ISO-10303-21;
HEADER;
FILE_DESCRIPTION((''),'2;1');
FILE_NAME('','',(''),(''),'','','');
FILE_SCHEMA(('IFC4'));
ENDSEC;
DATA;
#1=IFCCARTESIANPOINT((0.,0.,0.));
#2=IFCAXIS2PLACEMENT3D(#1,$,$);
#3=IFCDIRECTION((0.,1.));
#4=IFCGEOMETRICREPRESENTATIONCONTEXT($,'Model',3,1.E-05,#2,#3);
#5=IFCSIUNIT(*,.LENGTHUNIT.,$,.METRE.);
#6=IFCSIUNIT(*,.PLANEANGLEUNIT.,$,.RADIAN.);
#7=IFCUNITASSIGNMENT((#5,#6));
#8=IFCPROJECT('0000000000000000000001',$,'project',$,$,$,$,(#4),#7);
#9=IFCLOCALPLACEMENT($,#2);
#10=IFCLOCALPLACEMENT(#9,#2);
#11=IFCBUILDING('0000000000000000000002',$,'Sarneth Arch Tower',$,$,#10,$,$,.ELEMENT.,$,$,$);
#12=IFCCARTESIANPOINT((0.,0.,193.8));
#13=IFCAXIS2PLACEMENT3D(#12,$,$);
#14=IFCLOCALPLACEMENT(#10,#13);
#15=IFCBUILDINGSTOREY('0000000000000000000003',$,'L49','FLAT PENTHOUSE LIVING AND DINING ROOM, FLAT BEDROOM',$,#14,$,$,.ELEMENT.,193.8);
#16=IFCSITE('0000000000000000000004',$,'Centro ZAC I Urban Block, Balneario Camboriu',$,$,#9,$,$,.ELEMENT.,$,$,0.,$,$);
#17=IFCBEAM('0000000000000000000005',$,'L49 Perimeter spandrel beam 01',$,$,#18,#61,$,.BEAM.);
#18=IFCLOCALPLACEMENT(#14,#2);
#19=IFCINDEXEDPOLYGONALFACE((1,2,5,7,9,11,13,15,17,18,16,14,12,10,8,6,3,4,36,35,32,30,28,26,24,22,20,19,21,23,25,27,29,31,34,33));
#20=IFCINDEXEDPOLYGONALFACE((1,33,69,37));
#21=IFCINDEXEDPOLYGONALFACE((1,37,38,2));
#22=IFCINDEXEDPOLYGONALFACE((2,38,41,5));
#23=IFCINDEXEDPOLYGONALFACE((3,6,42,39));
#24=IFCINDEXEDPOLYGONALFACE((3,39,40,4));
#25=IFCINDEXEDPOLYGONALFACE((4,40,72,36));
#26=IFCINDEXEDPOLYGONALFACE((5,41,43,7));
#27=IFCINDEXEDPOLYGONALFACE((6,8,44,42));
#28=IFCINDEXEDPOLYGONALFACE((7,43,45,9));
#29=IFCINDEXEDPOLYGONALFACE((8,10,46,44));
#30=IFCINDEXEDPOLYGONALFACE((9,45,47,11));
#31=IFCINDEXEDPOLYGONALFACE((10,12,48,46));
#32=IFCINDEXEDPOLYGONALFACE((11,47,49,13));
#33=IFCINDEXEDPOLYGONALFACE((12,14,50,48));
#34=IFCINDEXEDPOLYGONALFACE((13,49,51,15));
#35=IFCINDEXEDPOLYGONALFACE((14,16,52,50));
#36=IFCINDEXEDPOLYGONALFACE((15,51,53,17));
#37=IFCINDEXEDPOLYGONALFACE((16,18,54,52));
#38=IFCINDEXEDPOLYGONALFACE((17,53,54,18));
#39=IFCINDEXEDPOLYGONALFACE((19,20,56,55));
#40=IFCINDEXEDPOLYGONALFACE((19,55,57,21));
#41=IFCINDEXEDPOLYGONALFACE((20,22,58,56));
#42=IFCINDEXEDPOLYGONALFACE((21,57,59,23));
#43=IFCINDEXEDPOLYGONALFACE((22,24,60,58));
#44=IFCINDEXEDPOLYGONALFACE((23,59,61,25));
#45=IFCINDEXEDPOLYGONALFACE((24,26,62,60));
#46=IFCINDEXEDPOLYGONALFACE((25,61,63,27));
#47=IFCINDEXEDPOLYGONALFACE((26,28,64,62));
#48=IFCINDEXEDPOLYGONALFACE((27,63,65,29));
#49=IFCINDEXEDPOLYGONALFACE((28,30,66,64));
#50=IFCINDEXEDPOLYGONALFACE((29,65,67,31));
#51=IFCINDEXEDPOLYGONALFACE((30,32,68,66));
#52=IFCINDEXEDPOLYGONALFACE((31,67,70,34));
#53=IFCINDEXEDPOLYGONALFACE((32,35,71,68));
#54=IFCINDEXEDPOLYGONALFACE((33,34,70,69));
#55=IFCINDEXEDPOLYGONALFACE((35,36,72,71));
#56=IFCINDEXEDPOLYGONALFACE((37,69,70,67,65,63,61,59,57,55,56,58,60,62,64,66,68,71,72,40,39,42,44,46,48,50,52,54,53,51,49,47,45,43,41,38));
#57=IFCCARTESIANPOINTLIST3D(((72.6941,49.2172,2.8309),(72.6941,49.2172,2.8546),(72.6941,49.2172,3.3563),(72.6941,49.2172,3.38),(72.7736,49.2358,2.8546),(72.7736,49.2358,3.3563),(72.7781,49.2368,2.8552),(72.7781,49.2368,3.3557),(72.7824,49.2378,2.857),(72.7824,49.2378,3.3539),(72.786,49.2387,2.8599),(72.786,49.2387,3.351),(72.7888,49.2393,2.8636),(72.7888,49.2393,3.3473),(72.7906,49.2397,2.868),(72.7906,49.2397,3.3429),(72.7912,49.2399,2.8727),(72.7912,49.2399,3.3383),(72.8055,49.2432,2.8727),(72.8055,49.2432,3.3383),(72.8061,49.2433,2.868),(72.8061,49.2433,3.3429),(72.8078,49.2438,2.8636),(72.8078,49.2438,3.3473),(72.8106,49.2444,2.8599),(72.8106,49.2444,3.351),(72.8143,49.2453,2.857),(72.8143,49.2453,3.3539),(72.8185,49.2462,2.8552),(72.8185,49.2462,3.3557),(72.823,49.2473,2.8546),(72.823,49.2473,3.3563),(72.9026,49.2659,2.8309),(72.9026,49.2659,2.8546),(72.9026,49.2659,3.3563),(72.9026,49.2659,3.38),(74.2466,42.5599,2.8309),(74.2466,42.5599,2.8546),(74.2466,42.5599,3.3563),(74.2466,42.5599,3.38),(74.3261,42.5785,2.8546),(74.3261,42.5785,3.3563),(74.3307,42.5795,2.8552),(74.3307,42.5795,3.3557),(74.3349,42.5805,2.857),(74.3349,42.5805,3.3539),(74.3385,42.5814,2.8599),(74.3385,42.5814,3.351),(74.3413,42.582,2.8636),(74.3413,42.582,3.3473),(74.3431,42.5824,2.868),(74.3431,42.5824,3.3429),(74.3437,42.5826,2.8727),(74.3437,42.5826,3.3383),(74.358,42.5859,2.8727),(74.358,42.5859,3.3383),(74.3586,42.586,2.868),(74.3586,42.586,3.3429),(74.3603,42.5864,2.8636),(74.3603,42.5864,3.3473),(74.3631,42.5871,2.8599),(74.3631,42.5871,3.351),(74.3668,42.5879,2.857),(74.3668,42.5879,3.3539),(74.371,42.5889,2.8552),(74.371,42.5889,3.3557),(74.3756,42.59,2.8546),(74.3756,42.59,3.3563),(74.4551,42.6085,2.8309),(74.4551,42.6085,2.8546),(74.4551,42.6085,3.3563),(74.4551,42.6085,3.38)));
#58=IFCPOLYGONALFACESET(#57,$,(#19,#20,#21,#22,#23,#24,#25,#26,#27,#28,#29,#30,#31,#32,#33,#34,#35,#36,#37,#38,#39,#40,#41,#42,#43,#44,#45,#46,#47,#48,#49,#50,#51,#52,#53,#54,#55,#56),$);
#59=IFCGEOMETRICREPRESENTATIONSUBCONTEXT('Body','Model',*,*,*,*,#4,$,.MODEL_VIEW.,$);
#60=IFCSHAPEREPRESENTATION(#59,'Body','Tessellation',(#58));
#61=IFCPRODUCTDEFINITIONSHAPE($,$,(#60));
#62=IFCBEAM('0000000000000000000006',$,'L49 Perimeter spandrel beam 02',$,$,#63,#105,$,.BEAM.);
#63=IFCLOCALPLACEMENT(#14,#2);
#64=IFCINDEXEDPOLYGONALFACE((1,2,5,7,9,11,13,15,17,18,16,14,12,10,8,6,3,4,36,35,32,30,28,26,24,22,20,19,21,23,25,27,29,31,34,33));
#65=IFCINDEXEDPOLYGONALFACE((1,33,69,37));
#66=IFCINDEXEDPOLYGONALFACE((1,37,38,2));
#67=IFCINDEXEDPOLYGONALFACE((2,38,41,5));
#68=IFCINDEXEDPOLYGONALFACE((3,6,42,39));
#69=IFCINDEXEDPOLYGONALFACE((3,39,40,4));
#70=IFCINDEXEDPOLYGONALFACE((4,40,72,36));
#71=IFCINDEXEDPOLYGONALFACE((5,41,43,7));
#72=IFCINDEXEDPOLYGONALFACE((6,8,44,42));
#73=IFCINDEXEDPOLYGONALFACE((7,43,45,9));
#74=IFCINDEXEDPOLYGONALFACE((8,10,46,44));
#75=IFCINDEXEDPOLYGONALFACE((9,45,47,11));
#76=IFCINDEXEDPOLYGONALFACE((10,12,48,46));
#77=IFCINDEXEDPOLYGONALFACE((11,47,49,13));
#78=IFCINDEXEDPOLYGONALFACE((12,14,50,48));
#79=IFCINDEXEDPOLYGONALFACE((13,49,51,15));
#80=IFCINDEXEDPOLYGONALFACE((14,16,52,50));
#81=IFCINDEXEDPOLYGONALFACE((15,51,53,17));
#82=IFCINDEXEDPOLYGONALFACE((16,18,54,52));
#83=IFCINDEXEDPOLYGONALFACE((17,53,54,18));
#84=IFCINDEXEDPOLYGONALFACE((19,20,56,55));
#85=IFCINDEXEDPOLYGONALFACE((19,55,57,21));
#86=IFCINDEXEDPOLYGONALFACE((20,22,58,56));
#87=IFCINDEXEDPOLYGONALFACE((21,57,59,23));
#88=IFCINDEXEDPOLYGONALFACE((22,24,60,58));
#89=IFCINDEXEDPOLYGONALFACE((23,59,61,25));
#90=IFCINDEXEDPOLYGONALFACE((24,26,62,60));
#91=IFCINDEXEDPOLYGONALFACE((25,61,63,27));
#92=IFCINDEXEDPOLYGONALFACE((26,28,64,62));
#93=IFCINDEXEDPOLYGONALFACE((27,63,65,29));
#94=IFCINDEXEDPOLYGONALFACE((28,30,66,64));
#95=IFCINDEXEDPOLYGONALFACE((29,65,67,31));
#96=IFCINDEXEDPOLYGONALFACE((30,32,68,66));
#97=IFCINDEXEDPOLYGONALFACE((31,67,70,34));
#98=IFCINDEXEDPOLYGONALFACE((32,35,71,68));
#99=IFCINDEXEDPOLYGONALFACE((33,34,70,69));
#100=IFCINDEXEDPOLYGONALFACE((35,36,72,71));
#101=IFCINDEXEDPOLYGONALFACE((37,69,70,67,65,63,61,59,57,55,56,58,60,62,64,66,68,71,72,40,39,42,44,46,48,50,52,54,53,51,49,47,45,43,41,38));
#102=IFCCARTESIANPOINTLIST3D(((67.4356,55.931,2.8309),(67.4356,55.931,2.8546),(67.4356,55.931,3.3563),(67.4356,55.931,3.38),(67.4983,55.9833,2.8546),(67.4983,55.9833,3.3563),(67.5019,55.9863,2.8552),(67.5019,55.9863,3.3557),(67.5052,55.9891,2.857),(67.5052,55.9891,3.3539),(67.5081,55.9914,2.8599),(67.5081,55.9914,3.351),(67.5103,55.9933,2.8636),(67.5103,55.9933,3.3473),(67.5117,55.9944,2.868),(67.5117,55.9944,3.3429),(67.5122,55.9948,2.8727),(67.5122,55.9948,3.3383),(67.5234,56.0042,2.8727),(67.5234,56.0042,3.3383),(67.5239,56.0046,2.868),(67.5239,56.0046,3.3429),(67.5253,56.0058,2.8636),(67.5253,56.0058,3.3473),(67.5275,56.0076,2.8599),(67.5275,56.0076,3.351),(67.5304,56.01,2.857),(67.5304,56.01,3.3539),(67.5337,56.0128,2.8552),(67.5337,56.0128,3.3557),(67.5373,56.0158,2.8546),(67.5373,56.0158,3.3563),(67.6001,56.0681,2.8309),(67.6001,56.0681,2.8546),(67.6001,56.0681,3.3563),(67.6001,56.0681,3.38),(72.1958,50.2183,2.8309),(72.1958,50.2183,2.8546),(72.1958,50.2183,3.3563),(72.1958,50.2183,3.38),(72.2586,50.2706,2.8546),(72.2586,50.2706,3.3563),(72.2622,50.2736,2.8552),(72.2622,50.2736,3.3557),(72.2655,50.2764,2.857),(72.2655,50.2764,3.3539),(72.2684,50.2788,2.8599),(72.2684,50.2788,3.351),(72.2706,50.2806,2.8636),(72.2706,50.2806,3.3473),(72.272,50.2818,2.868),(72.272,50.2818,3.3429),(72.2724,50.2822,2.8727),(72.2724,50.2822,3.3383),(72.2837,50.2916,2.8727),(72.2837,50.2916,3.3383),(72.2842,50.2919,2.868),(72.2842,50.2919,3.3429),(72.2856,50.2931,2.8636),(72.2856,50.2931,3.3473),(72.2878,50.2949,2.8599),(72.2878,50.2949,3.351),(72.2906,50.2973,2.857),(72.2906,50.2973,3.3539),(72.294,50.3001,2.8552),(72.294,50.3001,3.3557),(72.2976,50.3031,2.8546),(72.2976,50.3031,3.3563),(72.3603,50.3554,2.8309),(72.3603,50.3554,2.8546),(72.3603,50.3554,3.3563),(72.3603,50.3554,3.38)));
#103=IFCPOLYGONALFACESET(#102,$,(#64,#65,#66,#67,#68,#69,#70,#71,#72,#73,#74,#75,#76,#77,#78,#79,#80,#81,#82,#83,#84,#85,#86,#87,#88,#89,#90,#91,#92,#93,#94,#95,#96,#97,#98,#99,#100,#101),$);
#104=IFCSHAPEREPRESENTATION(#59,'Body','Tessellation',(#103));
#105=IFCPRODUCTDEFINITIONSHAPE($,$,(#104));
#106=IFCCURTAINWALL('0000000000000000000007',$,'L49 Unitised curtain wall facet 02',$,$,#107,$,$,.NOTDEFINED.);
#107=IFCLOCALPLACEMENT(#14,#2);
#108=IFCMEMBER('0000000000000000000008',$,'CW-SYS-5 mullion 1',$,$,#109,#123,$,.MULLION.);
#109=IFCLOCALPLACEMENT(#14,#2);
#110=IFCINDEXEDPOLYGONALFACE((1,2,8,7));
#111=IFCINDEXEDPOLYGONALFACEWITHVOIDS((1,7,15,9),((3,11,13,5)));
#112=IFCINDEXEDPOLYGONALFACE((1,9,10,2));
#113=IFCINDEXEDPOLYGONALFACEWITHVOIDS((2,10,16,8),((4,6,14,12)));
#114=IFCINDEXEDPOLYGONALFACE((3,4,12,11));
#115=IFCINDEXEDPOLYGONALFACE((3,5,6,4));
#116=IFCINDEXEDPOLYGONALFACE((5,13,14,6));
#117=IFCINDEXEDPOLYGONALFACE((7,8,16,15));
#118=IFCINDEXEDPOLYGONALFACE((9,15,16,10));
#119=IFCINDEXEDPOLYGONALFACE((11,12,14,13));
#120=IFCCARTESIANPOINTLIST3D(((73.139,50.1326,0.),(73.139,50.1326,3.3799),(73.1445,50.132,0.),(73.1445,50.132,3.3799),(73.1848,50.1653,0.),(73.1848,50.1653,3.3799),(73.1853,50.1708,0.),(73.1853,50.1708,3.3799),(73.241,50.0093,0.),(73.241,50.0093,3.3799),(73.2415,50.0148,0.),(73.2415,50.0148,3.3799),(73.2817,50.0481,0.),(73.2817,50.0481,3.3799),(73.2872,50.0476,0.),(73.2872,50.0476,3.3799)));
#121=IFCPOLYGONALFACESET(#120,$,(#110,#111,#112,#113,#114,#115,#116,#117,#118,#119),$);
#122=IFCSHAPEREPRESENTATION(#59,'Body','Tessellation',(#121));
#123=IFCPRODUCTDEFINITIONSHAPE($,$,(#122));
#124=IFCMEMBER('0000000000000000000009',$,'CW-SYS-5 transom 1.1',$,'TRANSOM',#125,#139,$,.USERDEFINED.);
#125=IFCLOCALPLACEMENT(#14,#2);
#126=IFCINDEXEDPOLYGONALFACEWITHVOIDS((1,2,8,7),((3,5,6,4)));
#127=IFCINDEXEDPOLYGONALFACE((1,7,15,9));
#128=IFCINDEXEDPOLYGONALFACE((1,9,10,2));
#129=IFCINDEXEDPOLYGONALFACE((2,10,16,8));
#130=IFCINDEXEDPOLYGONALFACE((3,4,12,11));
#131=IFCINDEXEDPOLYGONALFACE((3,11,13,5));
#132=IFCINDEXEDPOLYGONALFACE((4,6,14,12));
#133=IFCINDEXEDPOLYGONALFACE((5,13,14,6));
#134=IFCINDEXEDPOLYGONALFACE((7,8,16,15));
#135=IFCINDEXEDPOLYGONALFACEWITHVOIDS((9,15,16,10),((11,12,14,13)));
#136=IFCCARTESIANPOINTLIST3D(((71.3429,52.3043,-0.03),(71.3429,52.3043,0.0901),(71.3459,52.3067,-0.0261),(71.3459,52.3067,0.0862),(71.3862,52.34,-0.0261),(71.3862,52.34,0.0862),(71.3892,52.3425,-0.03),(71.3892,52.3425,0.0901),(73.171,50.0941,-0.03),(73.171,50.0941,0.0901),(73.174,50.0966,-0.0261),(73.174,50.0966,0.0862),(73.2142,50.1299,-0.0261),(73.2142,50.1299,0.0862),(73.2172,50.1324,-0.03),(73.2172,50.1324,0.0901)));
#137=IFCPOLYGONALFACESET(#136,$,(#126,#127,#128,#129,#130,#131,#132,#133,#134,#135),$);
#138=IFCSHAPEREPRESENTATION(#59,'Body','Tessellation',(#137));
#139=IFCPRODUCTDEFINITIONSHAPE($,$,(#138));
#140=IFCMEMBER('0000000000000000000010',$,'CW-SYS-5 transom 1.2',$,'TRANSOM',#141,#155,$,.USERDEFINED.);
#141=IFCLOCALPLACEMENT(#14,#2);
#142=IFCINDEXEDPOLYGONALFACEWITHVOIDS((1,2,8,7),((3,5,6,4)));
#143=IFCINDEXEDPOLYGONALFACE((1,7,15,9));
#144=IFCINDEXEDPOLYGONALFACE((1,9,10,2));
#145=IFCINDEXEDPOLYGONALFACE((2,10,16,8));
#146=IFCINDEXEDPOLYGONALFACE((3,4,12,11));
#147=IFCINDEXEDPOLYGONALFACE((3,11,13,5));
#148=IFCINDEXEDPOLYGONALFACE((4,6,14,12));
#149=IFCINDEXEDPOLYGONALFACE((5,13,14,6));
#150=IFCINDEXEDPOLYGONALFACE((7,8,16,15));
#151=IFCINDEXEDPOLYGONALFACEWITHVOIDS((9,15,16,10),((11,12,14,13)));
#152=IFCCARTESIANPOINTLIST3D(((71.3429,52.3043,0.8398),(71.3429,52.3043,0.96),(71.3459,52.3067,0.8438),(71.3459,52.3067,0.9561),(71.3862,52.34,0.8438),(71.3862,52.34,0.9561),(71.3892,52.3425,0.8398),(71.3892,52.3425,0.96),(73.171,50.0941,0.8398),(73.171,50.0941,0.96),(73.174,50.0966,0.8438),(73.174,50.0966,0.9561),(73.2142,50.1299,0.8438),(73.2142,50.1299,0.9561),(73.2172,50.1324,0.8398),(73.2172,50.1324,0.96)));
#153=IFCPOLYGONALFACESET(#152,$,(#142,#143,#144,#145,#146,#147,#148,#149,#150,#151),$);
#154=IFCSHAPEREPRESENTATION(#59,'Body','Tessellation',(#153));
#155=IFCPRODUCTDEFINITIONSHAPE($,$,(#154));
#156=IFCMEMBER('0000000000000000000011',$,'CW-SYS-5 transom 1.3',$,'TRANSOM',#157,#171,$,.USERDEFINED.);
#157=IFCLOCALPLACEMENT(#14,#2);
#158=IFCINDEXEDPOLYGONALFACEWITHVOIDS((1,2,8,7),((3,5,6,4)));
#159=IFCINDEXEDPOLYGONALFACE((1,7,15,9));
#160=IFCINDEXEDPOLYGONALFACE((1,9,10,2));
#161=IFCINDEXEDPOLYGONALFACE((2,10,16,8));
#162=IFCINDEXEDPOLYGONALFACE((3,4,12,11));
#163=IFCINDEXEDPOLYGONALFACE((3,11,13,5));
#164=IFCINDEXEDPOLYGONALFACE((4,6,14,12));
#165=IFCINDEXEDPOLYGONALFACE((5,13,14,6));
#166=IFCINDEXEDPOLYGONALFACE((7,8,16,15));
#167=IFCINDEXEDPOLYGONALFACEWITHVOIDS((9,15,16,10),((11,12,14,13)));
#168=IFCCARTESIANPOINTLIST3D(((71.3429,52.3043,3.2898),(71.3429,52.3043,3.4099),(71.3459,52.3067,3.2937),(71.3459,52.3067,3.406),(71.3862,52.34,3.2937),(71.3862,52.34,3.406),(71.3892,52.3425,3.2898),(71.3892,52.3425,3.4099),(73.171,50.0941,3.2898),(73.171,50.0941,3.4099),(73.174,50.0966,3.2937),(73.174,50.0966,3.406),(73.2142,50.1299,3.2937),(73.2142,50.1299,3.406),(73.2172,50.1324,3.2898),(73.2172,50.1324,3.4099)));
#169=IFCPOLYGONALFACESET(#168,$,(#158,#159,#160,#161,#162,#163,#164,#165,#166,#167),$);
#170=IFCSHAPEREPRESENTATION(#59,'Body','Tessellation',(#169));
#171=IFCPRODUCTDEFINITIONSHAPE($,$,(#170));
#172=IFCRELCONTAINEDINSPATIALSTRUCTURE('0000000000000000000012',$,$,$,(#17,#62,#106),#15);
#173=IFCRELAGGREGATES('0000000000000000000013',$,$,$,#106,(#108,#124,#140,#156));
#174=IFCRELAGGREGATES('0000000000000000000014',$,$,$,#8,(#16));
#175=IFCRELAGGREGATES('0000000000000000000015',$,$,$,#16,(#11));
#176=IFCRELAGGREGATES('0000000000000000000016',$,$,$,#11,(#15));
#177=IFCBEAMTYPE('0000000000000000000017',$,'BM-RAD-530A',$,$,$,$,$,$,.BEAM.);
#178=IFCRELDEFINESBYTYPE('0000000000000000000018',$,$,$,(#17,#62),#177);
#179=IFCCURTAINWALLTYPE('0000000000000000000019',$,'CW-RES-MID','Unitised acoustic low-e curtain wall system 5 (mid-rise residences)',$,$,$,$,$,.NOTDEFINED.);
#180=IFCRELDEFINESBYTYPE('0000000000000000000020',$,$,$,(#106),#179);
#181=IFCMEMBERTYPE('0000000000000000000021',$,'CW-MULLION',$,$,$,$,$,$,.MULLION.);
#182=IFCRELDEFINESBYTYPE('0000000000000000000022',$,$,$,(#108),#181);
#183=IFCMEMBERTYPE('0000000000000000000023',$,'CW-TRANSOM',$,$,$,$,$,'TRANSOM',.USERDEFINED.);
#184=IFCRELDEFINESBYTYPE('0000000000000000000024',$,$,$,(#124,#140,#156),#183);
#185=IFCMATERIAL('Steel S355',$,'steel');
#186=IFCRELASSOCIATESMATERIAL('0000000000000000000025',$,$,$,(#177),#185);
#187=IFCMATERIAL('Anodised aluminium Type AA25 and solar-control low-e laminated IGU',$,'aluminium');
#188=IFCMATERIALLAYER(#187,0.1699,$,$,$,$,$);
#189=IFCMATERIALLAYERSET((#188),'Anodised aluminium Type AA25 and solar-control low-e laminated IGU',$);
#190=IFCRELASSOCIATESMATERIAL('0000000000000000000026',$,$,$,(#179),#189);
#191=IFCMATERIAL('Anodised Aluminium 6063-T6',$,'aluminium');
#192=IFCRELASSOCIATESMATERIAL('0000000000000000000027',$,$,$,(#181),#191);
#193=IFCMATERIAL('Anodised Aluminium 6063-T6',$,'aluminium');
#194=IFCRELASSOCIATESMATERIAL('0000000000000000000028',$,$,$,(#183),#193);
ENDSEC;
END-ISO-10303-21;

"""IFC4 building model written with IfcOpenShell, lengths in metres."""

from ifc_helpers import new_model, si_unit, direction, frame, origin, origin_2d, place, context, subcontext, project, spatial, hollow_rectangle, i_section, extrude, material, layer, layer_set, material_profile, profile_set, type_object, element, aggregate, save


model = new_model("IFC4")

# Units and contexts
model_context = context("Model", 3, precision=1e-05, world=origin(), true_north=direction((0.0, 1.0)))
body_context = subcontext(model_context, "Body", "Model", "MODEL_VIEW")
ifc_project = project(units=[si_unit("LENGTHUNIT", "METRE"), si_unit("PLANEANGLEUNIT", "RADIAN")], contexts=[model_context])

# Site, building, storey
site_placement = place(None, origin())
site = spatial("IfcSite", under=ifc_project, at=site_placement, Name="Centro ZAC I Urban Block, Balneario Camboriu", CompositionType="ELEMENT", RefElevation=0.0)
building_placement = place(site_placement, origin())
building = spatial("IfcBuilding", under=site, at=building_placement, Name="Sarneth Arch Tower", CompositionType="ELEMENT")
storey_placement = place(building_placement, frame((0.0, 0.0, 193.8)))
storey = spatial("IfcBuildingStorey", under=building, at=storey_placement, Name="L49", Description="FLAT PENTHOUSE LIVING AND DINING ROOM, FLAT BEDROOM", CompositionType="ELEMENT", Elevation=193.8)

# Beams
ifc_material_1 = material(Name="Steel S355", Category="steel")
ifc_material_profile_1 = material_profile(ifc_material_1, i_section(OverallWidth=0.2141, OverallDepth=0.5491, WebThickness=0.0146, FlangeThickness=0.0237, FilletRadius=0.0181, at=origin_2d()), Name="W530x138")
ifc_profile_set_1 = profile_set([ifc_material_profile_1], Name="Steel S355")
beam_type = type_object("IfcBeamType", Name="BM-RAD-530A", PredefinedType="BEAM", material=ifc_profile_set_1)
beam_1_placement = place(storey_placement, frame((74.3508, 42.5842, 3.1055), z_axis=(-0.22711, 0.973869, 0.0), x_axis=(-0.973869, -0.22711, 0.0)))
element("IfcBeam", 1, at=beam_1_placement, inside=storey, type_object=beam_type, Name="L49 Perimeter spandrel beam 01", PredefinedType="BEAM", context=body_context, shape_type="SweptSolid", body=[
    extrude(i_section(OverallWidth=0.2141, OverallDepth=0.5491, WebThickness=0.0146, FlangeThickness=0.0237, FilletRadius=0.0181, at=origin_2d()), origin(), (0.0, 0.0, 1.0), 6.8359),
])
beam_2_placement = place(storey_placement, frame((72.2781, 50.2869, 3.1055), z_axis=(-0.640162, 0.76824, 0.0), x_axis=(-0.76824, -0.640162, 0.0)))
element("IfcBeam", 2, at=beam_2_placement, inside=storey, type_object=beam_type, Name="L49 Perimeter spandrel beam 02", PredefinedType="BEAM", context=body_context, shape_type="SweptSolid", body=[
    extrude(i_section(OverallWidth=0.2141, OverallDepth=0.5491, WebThickness=0.0146, FlangeThickness=0.0237, FilletRadius=0.0181, at=origin_2d()), origin(), (0.0, 0.0, 1.0), 7.436),
])

# Curtain wall, members
ifc_material_2 = material(Name="Anodised aluminium Type AA25 and solar-control low-e laminated IGU", Category="aluminium")
ifc_layer_1 = layer(ifc_material_2, 0.1699)
ifc_layer_set_1 = layer_set([ifc_layer_1], Name="Anodised aluminium Type AA25 and solar-control low-e laminated IGU")
curtain_wall_type = type_object("IfcCurtainWallType", Name="CW-RES-MID", Description="Unitised acoustic low-e curtain wall system 5 (mid-rise residences)", PredefinedType="NOTDEFINED", material=ifc_layer_set_1)
curtain_wall_placement = place(storey_placement, origin())
curtain_wall = element("IfcCurtainWall", 3, at=curtain_wall_placement, inside=storey, type_object=curtain_wall_type, Name="L49 Unitised curtain wall facet 02", PredefinedType="NOTDEFINED")
ifc_material_3 = material(Name="Anodised Aluminium 6063-T6", Category="aluminium")
ifc_material_profile_2 = material_profile(ifc_material_3, hollow_rectangle(XDim=0.0601, YDim=0.1599, WallThickness=0.0039, at=origin_2d()), Name="AL-MULL-160x60x4")
ifc_profile_set_2 = profile_set([ifc_material_profile_2], Name="Anodised Aluminium 6063-T6")
member_type_1 = type_object("IfcMemberType", Name="CW-MULLION", PredefinedType="MULLION", material=ifc_profile_set_2)
member_1_placement = place(storey_placement, frame((73.2131, 50.0901, 0.0), z_axis=(0.0, 0.0, 1.0), x_axis=(-0.770591, -0.63733, 0.0)))
member_1 = element("IfcMember", 4, at=member_1_placement, type_object=member_type_1, Name="CW-SYS-5 mullion 1", PredefinedType="MULLION", context=body_context, shape_type="SweptSolid", body=[
    extrude(hollow_rectangle(XDim=0.0601, YDim=0.1599, WallThickness=0.0039, at=origin_2d()), origin(), (0.0, 0.0, 1.0), 3.3799),
])
ifc_material_4 = material(Name="Anodised Aluminium 6063-T6", Category="aluminium")
ifc_material_profile_3 = material_profile(ifc_material_4, hollow_rectangle(XDim=0.0601, YDim=0.1201, WallThickness=0.0039, at=origin_2d()), Name="AL-TRAN-120x60x4")
ifc_profile_set_3 = profile_set([ifc_material_profile_3], Name="Anodised Aluminium 6063-T6")
member_type_2 = type_object("IfcMemberType", Name="CW-TRANSOM", ElementType="TRANSOM", PredefinedType="USERDEFINED", material=ifc_profile_set_3)
member_2_placement = place(storey_placement, frame((73.1941, 50.1133, 0.03), z_axis=(-0.637359, 0.770567, 0.0), x_axis=(-0.770567, -0.637359, 0.0)))
member_2 = element("IfcMember", 5, at=member_2_placement, type_object=member_type_2, Name="CW-SYS-5 transom 1.1", ObjectType="TRANSOM", PredefinedType="USERDEFINED", context=body_context, shape_type="SweptSolid", body=[
    extrude(hollow_rectangle(XDim=0.0601, YDim=0.1201, WallThickness=0.0039, at=origin_2d()), origin(), (0.0, 0.0, 1.0), 2.8682),
])
member_3_placement = place(storey_placement, frame((73.1941, 50.1133, 0.8999), z_axis=(-0.637359, 0.770567, 0.0), x_axis=(-0.770567, -0.637359, 0.0)))
member_3 = element("IfcMember", 6, at=member_3_placement, type_object=member_type_2, Name="CW-SYS-5 transom 1.2", ObjectType="TRANSOM", PredefinedType="USERDEFINED", context=body_context, shape_type="SweptSolid", body=[
    extrude(hollow_rectangle(XDim=0.0601, YDim=0.1201, WallThickness=0.0039, at=origin_2d()), origin(), (0.0, 0.0, 1.0), 2.8682),
])
member_4_placement = place(storey_placement, frame((73.1941, 50.1133, 3.3499), z_axis=(-0.637359, 0.770567, 0.0), x_axis=(-0.770567, -0.637359, 0.0)))
member_4 = element("IfcMember", 7, at=member_4_placement, type_object=member_type_2, Name="CW-SYS-5 transom 1.3", ObjectType="TRANSOM", PredefinedType="USERDEFINED", context=body_context, shape_type="SweptSolid", body=[
    extrude(hollow_rectangle(XDim=0.0601, YDim=0.1201, WallThickness=0.0039, at=origin_2d()), origin(), (0.0, 0.0, 1.0), 2.8682),
])

aggregate(curtain_wall, [member_1, member_2, member_3, member_4])

save(model, "model.ifc")
